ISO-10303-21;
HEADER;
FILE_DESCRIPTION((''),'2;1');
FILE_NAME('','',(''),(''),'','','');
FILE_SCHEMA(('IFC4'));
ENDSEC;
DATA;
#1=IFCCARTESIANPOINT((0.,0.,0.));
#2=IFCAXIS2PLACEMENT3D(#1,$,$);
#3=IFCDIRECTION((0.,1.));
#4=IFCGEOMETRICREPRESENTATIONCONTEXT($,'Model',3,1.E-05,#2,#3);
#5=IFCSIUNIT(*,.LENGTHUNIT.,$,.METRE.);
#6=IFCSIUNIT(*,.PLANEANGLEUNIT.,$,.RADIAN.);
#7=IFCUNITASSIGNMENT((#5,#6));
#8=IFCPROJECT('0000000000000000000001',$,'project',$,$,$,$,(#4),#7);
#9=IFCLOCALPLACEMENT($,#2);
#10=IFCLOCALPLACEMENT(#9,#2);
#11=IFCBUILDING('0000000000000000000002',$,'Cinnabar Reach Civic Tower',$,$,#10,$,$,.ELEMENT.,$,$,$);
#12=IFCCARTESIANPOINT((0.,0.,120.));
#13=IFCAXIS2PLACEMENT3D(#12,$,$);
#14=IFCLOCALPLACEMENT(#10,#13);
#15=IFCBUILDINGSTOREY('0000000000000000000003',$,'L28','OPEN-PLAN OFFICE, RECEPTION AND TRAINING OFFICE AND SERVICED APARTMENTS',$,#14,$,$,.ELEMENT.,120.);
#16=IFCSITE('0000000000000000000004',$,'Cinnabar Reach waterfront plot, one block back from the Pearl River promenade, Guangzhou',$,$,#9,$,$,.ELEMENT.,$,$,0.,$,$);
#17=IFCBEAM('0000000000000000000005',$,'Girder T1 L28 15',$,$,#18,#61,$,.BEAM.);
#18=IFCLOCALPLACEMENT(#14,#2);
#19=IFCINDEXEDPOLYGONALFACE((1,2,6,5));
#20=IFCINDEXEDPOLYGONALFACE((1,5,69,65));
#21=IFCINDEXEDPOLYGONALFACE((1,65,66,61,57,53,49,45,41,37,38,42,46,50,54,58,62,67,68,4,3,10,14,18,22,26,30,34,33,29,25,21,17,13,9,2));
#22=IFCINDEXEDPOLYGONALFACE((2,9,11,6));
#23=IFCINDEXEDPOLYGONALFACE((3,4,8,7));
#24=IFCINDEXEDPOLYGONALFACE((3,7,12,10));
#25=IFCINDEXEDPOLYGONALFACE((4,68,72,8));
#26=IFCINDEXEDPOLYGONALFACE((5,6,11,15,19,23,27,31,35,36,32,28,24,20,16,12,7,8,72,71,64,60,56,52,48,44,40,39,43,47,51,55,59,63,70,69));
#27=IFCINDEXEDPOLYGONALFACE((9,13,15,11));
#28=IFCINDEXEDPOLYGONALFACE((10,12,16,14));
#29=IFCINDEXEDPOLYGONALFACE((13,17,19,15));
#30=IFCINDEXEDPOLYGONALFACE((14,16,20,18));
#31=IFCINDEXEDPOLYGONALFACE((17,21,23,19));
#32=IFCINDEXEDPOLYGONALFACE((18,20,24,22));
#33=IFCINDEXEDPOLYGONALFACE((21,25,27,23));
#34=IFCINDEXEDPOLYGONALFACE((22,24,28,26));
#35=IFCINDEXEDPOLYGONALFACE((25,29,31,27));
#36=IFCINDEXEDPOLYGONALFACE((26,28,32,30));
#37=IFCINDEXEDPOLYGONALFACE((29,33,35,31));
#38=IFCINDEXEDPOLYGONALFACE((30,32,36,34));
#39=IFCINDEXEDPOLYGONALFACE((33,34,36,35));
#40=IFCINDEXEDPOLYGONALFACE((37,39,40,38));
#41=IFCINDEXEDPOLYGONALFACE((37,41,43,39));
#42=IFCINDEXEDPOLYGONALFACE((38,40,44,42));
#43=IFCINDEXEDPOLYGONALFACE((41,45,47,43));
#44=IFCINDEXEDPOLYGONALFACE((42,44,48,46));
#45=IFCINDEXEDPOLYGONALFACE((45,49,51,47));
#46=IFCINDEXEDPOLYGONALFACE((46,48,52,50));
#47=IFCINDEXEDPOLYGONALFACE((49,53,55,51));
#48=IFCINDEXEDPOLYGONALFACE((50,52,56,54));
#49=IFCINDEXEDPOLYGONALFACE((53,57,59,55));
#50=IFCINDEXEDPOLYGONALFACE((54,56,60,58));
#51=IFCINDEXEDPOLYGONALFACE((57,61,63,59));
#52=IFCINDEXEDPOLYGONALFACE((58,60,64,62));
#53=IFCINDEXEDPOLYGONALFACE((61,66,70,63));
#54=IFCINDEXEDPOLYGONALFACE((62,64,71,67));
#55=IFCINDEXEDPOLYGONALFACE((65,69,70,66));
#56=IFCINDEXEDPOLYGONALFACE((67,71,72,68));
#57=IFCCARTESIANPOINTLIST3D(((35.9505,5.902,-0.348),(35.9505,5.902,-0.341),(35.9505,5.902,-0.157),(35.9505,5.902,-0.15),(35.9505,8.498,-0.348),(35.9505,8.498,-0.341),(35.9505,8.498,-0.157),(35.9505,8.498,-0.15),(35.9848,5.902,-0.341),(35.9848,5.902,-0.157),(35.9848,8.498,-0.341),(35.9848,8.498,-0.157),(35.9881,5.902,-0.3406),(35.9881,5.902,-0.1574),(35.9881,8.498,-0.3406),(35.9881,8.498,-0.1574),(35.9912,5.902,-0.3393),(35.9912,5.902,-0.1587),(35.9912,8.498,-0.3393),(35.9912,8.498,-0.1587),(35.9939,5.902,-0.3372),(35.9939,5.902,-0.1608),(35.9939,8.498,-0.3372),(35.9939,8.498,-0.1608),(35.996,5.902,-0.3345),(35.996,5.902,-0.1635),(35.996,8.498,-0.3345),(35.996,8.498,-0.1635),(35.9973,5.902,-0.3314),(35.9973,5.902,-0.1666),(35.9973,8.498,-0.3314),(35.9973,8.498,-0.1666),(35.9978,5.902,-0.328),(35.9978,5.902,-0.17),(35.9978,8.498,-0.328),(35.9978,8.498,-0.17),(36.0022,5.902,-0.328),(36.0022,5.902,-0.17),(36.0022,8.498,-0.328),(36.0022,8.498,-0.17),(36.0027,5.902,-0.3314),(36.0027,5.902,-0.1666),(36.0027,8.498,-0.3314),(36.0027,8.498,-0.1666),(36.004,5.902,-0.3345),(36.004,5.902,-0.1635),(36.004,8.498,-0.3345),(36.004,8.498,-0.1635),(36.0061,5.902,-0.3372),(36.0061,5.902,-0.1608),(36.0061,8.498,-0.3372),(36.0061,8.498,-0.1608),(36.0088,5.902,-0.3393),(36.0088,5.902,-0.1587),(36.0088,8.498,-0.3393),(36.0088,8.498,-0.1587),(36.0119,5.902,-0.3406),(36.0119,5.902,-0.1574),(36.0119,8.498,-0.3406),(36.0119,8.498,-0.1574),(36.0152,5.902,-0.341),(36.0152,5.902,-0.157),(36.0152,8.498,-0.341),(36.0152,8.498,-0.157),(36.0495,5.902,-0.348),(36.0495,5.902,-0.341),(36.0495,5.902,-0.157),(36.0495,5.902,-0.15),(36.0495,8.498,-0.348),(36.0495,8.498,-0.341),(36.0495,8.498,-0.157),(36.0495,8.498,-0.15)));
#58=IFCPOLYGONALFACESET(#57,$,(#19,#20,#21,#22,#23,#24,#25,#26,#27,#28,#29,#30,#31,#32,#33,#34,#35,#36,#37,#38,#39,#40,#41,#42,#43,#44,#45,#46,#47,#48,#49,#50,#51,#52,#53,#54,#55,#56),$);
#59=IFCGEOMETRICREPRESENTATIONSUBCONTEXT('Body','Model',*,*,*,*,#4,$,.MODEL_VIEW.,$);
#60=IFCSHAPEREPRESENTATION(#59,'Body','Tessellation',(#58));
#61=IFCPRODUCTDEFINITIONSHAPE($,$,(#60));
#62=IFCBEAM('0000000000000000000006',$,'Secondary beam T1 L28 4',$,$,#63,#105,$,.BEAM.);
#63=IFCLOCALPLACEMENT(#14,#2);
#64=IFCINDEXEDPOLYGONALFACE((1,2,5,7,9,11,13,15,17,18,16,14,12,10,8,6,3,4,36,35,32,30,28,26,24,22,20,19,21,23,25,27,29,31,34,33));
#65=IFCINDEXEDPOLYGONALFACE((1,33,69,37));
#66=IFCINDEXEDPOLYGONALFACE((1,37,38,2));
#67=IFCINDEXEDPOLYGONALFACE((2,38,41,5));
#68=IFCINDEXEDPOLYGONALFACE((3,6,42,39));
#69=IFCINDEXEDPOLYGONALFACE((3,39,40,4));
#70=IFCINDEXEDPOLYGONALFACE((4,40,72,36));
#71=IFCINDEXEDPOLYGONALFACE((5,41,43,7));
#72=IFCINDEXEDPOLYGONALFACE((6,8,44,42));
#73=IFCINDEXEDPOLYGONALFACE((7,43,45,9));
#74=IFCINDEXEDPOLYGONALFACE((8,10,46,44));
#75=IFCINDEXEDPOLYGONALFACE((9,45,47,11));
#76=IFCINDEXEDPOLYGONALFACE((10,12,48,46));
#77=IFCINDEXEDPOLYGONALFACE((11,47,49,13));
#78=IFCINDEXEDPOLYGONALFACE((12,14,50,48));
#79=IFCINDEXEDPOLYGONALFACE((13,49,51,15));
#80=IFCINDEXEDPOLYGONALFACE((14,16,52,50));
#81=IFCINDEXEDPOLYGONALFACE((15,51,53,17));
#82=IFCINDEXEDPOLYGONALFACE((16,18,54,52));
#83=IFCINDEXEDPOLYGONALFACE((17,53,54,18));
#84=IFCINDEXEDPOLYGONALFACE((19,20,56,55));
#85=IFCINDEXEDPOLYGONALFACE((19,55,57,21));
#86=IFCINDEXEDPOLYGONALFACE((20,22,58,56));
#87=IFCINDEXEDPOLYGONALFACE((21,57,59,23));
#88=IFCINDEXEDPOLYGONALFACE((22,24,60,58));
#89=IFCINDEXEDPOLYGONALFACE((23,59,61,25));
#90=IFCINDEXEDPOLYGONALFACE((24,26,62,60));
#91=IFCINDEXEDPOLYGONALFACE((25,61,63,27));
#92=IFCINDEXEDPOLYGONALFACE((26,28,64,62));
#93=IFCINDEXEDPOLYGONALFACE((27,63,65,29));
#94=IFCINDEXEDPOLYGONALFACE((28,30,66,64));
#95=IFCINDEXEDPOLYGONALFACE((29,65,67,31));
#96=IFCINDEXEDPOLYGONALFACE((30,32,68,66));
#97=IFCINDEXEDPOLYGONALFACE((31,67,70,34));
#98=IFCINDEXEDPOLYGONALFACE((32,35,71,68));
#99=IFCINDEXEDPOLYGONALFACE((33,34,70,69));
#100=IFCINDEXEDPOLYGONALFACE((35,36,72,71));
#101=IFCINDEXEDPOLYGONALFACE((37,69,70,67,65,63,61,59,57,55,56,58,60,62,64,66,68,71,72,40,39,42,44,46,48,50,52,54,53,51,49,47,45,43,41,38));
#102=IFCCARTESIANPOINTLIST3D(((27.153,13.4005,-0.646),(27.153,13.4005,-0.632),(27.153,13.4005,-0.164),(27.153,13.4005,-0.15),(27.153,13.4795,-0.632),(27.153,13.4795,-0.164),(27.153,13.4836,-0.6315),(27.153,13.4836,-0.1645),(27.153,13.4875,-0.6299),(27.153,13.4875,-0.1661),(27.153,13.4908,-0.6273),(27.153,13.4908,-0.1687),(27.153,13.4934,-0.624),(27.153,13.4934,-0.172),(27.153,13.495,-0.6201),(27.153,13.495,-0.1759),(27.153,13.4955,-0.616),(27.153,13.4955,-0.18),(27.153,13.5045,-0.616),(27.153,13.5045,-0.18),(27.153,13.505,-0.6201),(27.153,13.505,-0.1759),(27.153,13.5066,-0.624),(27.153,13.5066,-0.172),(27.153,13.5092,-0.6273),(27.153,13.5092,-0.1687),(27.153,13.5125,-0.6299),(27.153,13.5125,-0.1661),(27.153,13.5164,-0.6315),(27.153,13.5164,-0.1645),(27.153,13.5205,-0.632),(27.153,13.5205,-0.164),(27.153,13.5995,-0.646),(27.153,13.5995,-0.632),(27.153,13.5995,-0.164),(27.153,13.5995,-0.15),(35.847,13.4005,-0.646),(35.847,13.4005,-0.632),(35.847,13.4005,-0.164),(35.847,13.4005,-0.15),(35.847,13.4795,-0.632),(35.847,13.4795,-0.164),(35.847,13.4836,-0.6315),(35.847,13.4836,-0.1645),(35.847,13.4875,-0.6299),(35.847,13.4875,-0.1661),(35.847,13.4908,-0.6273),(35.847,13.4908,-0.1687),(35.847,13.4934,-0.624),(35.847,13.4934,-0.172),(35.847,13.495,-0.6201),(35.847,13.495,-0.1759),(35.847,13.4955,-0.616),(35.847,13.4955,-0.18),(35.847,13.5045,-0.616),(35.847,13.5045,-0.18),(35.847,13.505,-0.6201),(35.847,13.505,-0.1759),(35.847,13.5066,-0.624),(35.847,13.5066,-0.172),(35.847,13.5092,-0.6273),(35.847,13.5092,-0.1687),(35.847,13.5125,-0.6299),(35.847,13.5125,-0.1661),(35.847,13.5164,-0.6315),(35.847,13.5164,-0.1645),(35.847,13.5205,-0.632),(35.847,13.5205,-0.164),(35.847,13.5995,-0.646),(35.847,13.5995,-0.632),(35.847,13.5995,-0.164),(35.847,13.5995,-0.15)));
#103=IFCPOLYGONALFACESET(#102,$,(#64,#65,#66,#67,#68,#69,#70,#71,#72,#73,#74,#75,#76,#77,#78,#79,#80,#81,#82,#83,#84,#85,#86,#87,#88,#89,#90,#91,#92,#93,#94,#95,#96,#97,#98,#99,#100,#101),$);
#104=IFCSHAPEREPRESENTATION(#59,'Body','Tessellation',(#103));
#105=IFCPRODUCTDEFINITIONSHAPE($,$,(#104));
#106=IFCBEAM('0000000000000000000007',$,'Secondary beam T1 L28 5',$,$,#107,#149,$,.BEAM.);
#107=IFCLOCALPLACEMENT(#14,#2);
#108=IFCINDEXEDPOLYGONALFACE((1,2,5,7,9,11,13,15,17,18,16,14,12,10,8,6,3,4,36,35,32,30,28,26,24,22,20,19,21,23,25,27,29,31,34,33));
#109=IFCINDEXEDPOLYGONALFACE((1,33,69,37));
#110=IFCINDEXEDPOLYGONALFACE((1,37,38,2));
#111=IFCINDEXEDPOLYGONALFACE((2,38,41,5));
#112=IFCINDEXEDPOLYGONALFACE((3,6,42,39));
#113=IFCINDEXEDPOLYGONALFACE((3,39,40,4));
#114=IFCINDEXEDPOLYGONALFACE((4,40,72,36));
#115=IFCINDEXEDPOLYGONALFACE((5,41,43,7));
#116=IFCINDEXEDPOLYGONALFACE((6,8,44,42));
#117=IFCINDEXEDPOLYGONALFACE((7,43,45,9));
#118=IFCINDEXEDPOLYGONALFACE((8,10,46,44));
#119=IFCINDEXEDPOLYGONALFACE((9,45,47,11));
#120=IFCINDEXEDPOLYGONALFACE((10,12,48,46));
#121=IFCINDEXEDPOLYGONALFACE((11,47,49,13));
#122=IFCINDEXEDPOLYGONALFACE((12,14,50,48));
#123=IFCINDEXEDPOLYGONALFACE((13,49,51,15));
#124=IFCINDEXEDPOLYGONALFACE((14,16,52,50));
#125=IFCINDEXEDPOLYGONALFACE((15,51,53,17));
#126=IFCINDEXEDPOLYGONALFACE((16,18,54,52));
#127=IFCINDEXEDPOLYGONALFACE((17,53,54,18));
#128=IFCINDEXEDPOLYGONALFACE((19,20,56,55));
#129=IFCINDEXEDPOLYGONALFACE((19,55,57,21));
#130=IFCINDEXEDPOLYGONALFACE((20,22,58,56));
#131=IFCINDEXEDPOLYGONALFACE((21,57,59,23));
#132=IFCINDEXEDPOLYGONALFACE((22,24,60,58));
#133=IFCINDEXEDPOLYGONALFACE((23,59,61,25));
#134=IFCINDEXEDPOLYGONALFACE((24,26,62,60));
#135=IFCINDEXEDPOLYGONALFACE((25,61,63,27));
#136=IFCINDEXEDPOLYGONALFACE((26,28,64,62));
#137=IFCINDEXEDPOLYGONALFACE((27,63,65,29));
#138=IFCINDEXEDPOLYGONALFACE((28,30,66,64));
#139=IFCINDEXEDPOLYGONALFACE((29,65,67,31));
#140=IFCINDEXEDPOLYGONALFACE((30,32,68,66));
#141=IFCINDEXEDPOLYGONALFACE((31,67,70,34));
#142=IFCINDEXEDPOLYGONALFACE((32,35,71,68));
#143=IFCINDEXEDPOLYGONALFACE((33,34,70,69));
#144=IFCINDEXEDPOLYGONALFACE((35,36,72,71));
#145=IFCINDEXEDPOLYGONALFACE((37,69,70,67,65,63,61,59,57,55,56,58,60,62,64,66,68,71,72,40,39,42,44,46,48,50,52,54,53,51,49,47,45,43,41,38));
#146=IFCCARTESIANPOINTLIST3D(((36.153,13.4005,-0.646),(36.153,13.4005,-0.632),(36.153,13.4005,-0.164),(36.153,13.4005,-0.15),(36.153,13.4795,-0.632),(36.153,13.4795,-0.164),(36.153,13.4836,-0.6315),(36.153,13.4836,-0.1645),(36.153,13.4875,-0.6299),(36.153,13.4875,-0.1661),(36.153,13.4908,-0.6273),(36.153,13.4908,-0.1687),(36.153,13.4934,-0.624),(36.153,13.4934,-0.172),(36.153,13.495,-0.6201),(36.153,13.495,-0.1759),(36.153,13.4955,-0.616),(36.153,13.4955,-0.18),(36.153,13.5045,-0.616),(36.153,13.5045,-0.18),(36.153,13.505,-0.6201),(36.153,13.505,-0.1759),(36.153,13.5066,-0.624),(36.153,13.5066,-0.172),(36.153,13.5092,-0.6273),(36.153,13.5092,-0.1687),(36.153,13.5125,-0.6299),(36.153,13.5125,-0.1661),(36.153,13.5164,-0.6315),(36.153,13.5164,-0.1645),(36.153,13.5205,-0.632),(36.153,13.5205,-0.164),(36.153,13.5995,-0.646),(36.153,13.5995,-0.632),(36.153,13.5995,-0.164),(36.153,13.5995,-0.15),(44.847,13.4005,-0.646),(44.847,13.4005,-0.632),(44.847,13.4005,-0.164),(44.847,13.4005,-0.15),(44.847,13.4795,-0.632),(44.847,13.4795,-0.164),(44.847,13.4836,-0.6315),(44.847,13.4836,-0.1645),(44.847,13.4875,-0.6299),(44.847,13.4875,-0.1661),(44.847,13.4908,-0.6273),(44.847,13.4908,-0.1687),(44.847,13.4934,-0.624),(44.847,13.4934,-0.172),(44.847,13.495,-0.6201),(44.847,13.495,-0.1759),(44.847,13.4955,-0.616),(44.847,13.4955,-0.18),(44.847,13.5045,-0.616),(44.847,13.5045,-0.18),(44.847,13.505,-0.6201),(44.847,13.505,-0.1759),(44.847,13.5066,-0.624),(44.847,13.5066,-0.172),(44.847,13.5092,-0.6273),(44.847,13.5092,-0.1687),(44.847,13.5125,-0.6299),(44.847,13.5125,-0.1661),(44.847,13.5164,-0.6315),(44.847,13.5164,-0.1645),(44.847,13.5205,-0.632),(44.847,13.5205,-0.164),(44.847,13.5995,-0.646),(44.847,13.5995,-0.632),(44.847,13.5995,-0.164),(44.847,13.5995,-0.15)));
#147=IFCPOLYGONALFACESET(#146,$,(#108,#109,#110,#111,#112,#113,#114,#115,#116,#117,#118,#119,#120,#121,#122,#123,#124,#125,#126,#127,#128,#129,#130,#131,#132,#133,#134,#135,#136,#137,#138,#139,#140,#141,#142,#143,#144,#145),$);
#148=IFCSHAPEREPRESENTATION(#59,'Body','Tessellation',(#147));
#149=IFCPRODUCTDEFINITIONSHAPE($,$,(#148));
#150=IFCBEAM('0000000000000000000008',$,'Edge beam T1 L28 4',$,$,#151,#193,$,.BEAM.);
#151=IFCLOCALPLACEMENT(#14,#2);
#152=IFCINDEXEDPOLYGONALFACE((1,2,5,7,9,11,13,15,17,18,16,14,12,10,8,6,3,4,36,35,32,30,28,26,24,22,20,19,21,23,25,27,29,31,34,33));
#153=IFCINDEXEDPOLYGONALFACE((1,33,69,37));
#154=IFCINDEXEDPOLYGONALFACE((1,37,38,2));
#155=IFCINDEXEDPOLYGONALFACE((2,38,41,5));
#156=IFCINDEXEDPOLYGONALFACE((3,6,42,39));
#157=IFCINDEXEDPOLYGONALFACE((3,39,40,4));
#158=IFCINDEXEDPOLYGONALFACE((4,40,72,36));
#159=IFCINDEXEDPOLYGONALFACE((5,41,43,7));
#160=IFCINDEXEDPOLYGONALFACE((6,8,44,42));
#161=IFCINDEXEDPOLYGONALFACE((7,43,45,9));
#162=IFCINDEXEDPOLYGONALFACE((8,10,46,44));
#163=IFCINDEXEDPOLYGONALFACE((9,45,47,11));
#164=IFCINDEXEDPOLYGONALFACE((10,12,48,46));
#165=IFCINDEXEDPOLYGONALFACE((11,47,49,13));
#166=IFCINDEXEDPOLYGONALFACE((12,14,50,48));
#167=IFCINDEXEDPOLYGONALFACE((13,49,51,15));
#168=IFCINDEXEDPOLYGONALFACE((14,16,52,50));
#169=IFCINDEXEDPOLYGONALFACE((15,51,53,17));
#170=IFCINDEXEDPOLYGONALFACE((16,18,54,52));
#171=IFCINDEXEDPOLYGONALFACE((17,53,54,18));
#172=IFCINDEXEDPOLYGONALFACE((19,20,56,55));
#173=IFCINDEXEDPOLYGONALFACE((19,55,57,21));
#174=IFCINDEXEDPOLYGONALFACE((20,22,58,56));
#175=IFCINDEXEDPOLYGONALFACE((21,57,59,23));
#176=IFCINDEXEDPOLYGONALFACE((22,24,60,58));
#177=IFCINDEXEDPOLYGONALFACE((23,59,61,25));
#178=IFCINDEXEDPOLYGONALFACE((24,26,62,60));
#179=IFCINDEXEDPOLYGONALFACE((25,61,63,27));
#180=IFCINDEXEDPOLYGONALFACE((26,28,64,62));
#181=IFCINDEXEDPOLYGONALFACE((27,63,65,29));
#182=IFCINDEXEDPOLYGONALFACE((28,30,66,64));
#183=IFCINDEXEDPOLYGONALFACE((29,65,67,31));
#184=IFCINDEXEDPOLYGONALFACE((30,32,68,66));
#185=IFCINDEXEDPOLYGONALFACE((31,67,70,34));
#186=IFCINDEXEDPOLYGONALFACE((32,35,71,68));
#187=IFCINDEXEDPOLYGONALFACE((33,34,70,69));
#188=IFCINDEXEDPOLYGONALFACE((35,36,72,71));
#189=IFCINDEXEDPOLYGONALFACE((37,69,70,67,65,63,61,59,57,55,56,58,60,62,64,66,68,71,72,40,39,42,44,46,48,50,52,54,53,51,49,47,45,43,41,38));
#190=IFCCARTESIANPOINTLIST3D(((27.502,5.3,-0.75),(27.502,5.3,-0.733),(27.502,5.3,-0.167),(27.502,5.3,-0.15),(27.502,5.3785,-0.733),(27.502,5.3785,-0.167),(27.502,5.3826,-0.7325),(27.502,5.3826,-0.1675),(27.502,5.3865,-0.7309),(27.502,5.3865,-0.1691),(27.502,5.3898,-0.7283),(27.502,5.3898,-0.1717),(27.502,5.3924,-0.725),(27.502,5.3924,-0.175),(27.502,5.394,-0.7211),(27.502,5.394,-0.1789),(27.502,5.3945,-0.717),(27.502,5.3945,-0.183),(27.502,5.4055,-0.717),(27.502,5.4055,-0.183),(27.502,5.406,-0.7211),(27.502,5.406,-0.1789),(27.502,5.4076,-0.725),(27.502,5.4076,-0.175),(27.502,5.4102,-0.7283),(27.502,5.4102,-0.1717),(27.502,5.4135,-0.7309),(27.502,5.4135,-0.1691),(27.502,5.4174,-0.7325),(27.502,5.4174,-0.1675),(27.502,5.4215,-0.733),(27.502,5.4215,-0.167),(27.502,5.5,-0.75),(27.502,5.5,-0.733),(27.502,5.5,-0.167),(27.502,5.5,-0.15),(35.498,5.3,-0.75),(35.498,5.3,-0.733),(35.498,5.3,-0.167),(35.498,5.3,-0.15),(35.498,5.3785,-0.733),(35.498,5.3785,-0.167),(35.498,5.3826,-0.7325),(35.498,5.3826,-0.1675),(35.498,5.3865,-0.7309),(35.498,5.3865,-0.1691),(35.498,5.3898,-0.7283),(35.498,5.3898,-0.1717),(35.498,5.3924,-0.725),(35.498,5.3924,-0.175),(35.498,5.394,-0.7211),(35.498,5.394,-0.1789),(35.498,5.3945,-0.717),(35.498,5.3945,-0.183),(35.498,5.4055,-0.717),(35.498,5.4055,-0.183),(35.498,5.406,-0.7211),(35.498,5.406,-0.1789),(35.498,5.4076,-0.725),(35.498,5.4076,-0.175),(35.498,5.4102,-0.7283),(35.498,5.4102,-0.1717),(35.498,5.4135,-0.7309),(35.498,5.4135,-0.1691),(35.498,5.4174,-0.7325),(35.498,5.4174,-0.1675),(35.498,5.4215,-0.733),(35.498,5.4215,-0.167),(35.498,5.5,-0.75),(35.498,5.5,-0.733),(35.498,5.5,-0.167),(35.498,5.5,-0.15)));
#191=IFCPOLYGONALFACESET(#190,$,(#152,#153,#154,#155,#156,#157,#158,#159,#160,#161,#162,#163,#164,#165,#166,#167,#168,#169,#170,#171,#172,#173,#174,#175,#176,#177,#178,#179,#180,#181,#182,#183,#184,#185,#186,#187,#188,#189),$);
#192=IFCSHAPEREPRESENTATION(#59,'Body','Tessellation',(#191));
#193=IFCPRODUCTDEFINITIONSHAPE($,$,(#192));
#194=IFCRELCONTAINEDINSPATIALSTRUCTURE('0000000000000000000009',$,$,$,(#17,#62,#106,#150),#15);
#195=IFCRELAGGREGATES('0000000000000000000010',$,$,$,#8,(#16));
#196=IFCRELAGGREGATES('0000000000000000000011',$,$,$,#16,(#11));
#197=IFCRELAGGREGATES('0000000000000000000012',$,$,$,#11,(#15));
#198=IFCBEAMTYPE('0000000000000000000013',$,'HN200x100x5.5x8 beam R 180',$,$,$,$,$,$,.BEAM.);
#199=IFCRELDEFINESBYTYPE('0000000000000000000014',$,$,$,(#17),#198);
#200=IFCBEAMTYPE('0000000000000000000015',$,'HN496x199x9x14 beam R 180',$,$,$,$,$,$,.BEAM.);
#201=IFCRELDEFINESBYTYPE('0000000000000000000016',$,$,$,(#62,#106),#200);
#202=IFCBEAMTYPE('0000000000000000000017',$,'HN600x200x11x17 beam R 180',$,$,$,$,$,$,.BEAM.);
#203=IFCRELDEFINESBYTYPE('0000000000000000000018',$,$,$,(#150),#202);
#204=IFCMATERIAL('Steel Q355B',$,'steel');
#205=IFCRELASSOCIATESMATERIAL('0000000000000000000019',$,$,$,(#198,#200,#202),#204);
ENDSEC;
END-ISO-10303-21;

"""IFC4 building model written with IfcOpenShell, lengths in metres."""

from ifc_helpers import new_model, si_unit, direction, frame, origin, origin_2d, place, context, subcontext, project, spatial, i_section, extrude, material, material_profile, profile_set, type_object, element, save


model = new_model("IFC4")

# Units and contexts
model_context = context("Model", 3, precision=1e-05, world=origin(), true_north=direction((0.0, 1.0)))
body_context = subcontext(model_context, "Body", "Model", "MODEL_VIEW")
ifc_project = project(units=[si_unit("LENGTHUNIT", "METRE"), si_unit("PLANEANGLEUNIT", "RADIAN")], contexts=[model_context])

# Site, building, storey
site_placement = place(None, origin())
site = spatial("IfcSite", under=ifc_project, at=site_placement, Name="Cinnabar Reach waterfront plot, one block back from the Pearl River promenade, Guangzhou", CompositionType="ELEMENT", RefElevation=0.0)
building_placement = place(site_placement, origin())
building = spatial("IfcBuilding", under=site, at=building_placement, Name="Cinnabar Reach Civic Tower", CompositionType="ELEMENT")
storey_placement = place(building_placement, frame((0.0, 0.0, 120.0)))
storey = spatial("IfcBuildingStorey", under=building, at=storey_placement, Name="L28", Description="OPEN-PLAN OFFICE, RECEPTION AND TRAINING OFFICE AND SERVICED APARTMENTS", CompositionType="ELEMENT", Elevation=120.0)

# Beams
ifc_material_1 = material(Name="Steel Q355B", Category="steel")
ifc_material_profile_1 = material_profile(ifc_material_1, i_section(OverallWidth=0.099, OverallDepth=0.198, WebThickness=0.0045, FlangeThickness=0.007, FilletRadius=0.013, at=origin_2d()), Name="HN200x100x5.5x8")
ifc_profile_set_1 = profile_set([ifc_material_profile_1], Name="Steel Q355B")
beam_type_1 = type_object("IfcBeamType", Name="HN200x100x5.5x8 beam R 180", PredefinedType="BEAM", material=ifc_profile_set_1)
for number, where, z_axis, x_axis, name in (
    (1, (36.0, 5.902, -0.249), (0.0, 1.0, 0.0), (-1.0, 0.0, 0.0), "Girder T1 L28 15"),
):
    element("IfcBeam", number, at=place(storey_placement, frame(where, z_axis=z_axis, x_axis=x_axis)), inside=storey, type_object=beam_type_1, Name=name, PredefinedType="BEAM", context=body_context, shape_type="SweptSolid", body=[
        extrude(i_section(OverallWidth=0.099, OverallDepth=0.198, WebThickness=0.0045, FlangeThickness=0.007, FilletRadius=0.013, at=origin_2d()), origin(), (0.0, 0.0, 1.0), 2.596),
    ])
ifc_material_profile_2 = material_profile(ifc_material_1, i_section(OverallWidth=0.199, OverallDepth=0.496, WebThickness=0.009, FlangeThickness=0.014, FilletRadius=0.016, at=origin_2d()), Name="HN496x199x9x14")
ifc_profile_set_2 = profile_set([ifc_material_profile_2], Name="Steel Q355B")
beam_type_2 = type_object("IfcBeamType", Name="HN496x199x9x14 beam R 180", PredefinedType="BEAM", material=ifc_profile_set_2)
for number, where, z_axis, x_axis, name in (
    (2, (27.153, 13.5, -0.398), (1.0, 0.0, 0.0), (0.0, 1.0, 0.0), "Secondary beam T1 L28 4"),
    (3, (36.153, 13.5, -0.398), (1.0, 0.0, 0.0), (0.0, 1.0, 0.0), "Secondary beam T1 L28 5"),
):
    element("IfcBeam", number, at=place(storey_placement, frame(where, z_axis=z_axis, x_axis=x_axis)), inside=storey, type_object=beam_type_2, Name=name, PredefinedType="BEAM", context=body_context, shape_type="SweptSolid", body=[
        extrude(i_section(OverallWidth=0.199, OverallDepth=0.496, WebThickness=0.009, FlangeThickness=0.014, FilletRadius=0.016, at=origin_2d()), origin(), (0.0, 0.0, 1.0), 8.694),
    ])
ifc_material_profile_3 = material_profile(ifc_material_1, i_section(OverallWidth=0.2, OverallDepth=0.6, WebThickness=0.011, FlangeThickness=0.017, FilletRadius=0.016, at=origin_2d()), Name="HN600x200x11x17")
ifc_profile_set_3 = profile_set([ifc_material_profile_3], Name="Steel Q355B")
beam_type_3 = type_object("IfcBeamType", Name="HN600x200x11x17 beam R 180", PredefinedType="BEAM", material=ifc_profile_set_3)
beam_1_placement = place(storey_placement, frame((27.502, 5.4, -0.45), z_axis=(1.0, 0.0, 0.0), x_axis=(0.0, 1.0, 0.0)))
element("IfcBeam", 4, at=beam_1_placement, inside=storey, type_object=beam_type_3, Name="Edge beam T1 L28 4", PredefinedType="BEAM", context=body_context, shape_type="SweptSolid", body=[
    extrude(i_section(OverallWidth=0.2, OverallDepth=0.6, WebThickness=0.011, FlangeThickness=0.017, FilletRadius=0.016, at=origin_2d()), origin(), (0.0, 0.0, 1.0), 7.996),
])

save(model, "model.ifc")
